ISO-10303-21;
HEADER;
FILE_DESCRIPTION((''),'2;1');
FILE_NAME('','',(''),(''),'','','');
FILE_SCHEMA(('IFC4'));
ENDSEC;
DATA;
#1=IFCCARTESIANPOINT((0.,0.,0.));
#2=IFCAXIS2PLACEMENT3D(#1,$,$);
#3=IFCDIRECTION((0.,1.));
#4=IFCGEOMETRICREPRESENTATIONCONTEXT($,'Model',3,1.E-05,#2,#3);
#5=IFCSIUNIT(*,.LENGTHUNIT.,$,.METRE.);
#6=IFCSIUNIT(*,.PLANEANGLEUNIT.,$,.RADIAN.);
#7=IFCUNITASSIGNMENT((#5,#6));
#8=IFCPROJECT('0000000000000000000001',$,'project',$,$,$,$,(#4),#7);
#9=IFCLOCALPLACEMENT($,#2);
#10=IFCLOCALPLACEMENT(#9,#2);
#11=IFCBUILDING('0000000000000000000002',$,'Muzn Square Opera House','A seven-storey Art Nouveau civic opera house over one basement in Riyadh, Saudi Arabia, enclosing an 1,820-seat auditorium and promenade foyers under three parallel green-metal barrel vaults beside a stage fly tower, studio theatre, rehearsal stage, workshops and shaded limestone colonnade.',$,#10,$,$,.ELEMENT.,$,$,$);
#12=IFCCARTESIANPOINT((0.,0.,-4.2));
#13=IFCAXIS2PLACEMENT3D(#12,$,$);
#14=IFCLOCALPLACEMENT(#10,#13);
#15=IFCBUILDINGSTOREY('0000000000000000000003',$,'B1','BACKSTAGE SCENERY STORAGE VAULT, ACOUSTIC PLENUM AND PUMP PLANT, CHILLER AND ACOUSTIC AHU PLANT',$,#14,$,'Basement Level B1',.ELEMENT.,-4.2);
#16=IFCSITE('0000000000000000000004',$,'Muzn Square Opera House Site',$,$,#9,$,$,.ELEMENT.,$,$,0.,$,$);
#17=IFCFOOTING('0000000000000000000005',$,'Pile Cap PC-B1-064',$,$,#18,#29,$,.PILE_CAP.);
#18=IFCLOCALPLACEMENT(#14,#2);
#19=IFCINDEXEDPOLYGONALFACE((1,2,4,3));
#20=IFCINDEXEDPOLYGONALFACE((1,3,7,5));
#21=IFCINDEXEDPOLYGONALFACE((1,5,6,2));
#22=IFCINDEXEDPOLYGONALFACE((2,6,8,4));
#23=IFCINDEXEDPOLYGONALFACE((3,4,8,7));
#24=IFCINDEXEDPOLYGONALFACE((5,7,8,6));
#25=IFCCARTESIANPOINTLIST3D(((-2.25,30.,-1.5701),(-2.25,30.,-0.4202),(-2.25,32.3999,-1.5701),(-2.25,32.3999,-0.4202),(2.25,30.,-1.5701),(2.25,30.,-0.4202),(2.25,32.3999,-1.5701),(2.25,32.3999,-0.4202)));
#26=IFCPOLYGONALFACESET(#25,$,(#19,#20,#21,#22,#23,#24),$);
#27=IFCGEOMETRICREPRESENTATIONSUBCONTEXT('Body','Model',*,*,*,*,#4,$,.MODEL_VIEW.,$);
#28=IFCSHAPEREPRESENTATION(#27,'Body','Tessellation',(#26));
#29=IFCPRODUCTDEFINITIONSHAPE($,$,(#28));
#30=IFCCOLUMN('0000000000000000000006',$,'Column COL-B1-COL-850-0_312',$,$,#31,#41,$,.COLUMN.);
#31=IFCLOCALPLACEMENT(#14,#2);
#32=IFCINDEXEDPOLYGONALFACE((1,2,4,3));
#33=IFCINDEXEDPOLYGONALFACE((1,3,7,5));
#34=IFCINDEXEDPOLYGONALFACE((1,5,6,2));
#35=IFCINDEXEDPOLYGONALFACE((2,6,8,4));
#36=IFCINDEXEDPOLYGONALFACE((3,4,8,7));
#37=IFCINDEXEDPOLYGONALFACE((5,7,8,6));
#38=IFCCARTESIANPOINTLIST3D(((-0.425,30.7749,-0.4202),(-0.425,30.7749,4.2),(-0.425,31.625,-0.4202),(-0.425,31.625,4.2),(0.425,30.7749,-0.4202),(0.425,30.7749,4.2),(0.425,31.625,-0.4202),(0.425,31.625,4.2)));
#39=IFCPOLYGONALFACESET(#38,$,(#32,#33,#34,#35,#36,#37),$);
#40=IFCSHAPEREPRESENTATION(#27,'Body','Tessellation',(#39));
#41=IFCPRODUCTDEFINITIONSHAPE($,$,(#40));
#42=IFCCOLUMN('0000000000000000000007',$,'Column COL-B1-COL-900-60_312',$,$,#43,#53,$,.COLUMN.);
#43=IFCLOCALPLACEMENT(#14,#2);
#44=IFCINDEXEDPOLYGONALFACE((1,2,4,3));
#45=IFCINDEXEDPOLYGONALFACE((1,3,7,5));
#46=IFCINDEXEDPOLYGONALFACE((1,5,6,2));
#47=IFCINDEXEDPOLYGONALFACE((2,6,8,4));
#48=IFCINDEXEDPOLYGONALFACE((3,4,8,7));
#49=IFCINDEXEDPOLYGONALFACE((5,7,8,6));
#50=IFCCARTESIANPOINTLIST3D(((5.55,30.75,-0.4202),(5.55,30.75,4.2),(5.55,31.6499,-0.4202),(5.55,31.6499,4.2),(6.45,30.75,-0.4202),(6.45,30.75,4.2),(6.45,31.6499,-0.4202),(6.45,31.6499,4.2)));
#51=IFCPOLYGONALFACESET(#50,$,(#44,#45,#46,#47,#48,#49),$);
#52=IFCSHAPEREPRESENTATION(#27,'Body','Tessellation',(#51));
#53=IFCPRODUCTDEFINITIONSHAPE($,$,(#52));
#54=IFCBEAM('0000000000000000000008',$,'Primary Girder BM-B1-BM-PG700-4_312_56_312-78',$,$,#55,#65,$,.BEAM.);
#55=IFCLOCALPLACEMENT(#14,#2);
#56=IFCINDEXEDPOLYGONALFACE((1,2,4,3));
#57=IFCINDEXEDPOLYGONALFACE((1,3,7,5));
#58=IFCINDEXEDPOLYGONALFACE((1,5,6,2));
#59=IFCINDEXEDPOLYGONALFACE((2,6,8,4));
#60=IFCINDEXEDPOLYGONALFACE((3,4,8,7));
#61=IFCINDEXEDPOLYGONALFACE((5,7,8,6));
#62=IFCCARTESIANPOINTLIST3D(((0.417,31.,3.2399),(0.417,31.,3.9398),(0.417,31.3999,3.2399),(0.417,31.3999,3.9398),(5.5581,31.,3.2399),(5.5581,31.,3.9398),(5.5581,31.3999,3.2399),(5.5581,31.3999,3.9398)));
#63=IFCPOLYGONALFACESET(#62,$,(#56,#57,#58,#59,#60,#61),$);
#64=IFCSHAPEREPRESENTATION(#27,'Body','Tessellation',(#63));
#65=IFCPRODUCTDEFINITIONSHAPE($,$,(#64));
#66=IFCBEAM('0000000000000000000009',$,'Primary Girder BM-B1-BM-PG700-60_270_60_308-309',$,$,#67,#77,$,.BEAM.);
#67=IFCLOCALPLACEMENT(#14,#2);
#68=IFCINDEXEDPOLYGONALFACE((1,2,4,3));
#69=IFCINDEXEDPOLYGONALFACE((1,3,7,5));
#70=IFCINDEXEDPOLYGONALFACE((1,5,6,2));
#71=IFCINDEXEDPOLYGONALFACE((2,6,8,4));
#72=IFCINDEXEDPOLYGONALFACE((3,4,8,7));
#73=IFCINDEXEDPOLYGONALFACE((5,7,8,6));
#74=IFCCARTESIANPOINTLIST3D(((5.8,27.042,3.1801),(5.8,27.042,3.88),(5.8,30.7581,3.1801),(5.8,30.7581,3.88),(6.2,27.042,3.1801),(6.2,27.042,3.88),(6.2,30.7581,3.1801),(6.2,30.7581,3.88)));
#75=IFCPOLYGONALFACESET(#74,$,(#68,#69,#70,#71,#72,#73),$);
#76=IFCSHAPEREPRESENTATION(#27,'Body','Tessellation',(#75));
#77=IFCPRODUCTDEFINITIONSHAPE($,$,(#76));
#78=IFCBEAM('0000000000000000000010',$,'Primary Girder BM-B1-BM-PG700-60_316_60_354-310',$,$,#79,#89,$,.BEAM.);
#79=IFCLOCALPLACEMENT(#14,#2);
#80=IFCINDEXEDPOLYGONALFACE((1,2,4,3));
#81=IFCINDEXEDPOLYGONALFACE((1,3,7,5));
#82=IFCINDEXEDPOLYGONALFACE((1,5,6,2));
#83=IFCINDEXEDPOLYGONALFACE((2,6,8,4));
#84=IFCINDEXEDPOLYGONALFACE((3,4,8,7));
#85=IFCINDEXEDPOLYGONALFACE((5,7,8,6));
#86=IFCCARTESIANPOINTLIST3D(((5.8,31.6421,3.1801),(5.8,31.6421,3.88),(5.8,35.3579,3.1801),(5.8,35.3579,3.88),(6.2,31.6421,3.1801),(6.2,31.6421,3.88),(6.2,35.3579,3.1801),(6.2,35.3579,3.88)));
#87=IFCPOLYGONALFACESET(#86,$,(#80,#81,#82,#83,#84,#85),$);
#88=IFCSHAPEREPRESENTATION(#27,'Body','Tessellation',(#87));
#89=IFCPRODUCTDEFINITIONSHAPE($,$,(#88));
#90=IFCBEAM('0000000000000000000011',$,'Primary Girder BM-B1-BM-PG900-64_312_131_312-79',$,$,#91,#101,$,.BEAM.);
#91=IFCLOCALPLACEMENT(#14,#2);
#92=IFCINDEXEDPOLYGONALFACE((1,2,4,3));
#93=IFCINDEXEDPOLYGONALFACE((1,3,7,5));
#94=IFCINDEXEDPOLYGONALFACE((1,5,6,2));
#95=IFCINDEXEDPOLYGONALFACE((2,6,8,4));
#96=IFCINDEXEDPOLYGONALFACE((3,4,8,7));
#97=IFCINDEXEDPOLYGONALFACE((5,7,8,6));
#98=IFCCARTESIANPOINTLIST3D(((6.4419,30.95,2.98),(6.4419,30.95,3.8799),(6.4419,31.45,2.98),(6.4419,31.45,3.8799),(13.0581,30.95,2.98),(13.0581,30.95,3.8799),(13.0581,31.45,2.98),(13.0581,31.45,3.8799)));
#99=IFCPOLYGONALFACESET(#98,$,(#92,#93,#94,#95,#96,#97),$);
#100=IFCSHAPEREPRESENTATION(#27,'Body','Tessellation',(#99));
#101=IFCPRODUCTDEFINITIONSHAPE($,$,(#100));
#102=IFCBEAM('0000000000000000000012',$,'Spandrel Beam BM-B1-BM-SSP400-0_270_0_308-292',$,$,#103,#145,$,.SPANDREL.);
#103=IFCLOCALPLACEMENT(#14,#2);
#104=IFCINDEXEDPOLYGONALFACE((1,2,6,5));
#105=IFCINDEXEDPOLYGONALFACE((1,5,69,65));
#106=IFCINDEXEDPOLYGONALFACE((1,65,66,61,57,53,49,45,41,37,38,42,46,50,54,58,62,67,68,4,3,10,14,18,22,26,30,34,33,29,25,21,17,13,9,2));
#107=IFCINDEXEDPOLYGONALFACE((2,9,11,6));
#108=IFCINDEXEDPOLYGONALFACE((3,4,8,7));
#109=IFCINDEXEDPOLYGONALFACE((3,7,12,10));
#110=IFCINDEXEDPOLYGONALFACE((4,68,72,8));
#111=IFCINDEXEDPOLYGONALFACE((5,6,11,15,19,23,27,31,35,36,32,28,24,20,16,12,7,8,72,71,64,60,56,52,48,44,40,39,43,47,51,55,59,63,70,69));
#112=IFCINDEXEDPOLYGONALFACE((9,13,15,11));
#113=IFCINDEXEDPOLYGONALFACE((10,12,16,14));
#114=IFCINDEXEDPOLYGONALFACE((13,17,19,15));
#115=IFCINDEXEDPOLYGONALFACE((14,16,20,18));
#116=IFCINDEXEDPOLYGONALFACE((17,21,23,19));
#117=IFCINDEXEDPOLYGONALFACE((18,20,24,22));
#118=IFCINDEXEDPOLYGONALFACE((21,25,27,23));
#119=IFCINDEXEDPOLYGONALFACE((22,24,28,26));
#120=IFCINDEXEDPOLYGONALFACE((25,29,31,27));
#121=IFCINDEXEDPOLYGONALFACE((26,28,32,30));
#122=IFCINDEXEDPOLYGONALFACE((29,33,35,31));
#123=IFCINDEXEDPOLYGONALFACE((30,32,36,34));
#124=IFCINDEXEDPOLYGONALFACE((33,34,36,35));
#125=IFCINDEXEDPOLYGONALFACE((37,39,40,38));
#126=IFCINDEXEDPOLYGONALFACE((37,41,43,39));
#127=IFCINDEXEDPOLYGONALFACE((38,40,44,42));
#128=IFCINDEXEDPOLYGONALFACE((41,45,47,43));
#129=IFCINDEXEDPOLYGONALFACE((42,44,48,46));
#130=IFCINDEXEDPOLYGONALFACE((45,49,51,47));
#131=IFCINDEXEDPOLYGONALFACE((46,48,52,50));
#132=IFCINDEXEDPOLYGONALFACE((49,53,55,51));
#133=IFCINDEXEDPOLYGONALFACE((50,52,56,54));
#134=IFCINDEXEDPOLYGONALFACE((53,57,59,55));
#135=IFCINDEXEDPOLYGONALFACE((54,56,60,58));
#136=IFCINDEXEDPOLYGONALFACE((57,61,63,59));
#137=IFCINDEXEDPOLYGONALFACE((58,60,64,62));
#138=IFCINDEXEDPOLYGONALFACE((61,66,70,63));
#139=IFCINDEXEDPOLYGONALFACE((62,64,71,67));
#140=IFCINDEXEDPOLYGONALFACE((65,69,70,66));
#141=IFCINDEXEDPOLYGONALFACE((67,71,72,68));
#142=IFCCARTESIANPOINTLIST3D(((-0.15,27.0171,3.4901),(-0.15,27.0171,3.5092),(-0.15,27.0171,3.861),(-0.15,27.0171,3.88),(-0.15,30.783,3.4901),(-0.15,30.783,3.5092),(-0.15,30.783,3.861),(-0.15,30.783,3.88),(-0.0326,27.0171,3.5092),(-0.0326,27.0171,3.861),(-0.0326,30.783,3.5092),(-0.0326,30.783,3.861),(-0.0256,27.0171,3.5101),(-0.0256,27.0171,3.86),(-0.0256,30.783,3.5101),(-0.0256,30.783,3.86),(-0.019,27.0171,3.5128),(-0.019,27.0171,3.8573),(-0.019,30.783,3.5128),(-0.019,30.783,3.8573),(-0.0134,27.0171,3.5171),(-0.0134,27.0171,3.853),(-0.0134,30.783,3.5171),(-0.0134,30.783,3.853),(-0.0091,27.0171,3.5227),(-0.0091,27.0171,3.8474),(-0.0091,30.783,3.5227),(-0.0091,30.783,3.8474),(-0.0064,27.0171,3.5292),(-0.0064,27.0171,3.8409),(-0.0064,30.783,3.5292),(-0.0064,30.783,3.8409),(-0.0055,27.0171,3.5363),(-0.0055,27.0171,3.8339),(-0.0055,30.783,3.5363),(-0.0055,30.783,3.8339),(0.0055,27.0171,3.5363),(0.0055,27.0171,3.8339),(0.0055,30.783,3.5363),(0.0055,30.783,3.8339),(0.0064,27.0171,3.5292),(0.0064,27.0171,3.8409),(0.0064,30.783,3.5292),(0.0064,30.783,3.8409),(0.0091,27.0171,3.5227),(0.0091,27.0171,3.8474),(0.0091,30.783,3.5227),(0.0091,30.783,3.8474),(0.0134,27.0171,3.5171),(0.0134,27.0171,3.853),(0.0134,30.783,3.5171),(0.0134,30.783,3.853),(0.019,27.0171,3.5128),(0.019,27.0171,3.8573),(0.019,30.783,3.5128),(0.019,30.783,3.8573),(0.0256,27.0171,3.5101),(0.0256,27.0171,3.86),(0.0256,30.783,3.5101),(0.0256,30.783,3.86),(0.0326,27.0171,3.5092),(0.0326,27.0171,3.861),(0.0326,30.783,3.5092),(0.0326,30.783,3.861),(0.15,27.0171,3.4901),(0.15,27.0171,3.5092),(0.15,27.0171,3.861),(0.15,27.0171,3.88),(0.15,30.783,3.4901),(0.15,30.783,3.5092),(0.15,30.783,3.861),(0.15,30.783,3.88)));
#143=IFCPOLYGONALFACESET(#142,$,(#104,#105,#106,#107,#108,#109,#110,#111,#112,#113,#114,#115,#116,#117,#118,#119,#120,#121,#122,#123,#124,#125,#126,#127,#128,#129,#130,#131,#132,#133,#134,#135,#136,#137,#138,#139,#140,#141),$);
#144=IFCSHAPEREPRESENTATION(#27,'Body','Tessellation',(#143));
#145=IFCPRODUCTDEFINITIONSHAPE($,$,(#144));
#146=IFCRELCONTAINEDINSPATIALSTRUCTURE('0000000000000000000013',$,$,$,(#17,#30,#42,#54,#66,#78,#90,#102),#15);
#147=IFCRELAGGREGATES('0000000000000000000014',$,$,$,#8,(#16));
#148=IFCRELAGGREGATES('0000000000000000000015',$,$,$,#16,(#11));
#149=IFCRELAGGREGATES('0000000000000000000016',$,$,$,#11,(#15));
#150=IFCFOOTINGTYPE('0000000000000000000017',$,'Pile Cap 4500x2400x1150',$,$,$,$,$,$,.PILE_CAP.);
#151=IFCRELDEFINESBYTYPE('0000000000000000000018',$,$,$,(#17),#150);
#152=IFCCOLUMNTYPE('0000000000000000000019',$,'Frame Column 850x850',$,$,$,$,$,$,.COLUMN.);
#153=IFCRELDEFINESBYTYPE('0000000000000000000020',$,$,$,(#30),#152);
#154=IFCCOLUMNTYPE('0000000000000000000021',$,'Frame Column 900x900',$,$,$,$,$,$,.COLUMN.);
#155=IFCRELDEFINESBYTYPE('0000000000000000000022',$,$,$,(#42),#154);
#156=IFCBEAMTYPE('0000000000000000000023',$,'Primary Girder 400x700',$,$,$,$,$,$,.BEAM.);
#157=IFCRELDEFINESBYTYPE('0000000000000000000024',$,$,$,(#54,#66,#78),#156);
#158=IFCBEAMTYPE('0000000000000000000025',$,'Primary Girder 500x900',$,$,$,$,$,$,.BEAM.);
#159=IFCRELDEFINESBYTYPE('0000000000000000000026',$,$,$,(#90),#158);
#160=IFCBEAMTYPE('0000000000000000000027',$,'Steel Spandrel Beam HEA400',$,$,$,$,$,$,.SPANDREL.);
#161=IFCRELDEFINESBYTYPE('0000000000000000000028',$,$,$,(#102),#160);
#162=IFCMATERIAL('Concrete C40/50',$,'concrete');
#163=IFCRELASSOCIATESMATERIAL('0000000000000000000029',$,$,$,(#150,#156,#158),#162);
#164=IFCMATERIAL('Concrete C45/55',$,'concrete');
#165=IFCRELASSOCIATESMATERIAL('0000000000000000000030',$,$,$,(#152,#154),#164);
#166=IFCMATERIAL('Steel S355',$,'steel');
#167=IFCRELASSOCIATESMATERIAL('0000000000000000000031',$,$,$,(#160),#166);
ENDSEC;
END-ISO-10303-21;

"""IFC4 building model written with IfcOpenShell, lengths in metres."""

from ifc_helpers import new_model, si_unit, direction, frame, origin, origin_2d, place, context, subcontext, project, spatial, rectangle, i_section, extrude, material, material_profile, profile_set, type_object, element, save


model = new_model("IFC4")

# Units and contexts
model_context = context("Model", 3, precision=1e-05, world=origin(), true_north=direction((0.0, 1.0)))
body_context = subcontext(model_context, "Body", "Model", "MODEL_VIEW")
ifc_project = project(units=[si_unit("LENGTHUNIT", "METRE"), si_unit("PLANEANGLEUNIT", "RADIAN")], contexts=[model_context])

# Site, building, storey
site_placement = place(None, origin())
site = spatial("IfcSite", under=ifc_project, at=site_placement, Name="Muzn Square Opera House Site", CompositionType="ELEMENT", RefElevation=0.0)
building_placement = place(site_placement, origin())
building = spatial("IfcBuilding", under=site, at=building_placement, Name="Muzn Square Opera House", Description="A seven-storey Art Nouveau civic opera house over one basement in Riyadh, Saudi Arabia, enclosing an 1,820-seat auditorium and promenade foyers under three parallel green-metal barrel vaults beside a stage fly tower, studio theatre, rehearsal stage, workshops and shaded limestone colonnade.", CompositionType="ELEMENT")
storey_placement = place(building_placement, frame((0.0, 0.0, -4.2)))
storey = spatial("IfcBuildingStorey", under=building, at=storey_placement, Name="B1", Description="BACKSTAGE SCENERY STORAGE VAULT, ACOUSTIC PLENUM AND PUMP PLANT, CHILLER AND ACOUSTIC AHU PLANT", LongName="Basement Level B1", CompositionType="ELEMENT", Elevation=-4.2)

# Shared definitions
ifc_material_1 = material(Name="Concrete C40/50", Category="concrete")

# Footing
footing_type_1 = type_object("IfcFootingType", Name="Pile Cap 4500x2400x1150", PredefinedType="PILE_CAP", material=ifc_material_1)
footing_1_placement = place(storey_placement, frame((0.0, 31.2, -1.5701), z_axis=(0.0, 0.0, 1.0), x_axis=(1.0, 0.0, 0.0)))
element("IfcFooting", 1, at=footing_1_placement, inside=storey, type_object=footing_type_1, Name="Pile Cap PC-B1-064", PredefinedType="PILE_CAP", context=body_context, shape_type="SweptSolid", body=[
    extrude(rectangle(XDim=4.5, YDim=2.3999, at=origin_2d()), origin(), (0.0, 0.0, 1.0), 1.1499),
])

# Columns
ifc_material_2 = material(Name="Concrete C45/55", Category="concrete")
ifc_material_profile_1 = material_profile(ifc_material_2, rectangle(XDim=0.8501, YDim=0.8501, at=origin_2d()), Name="RC 850x850", Category="concrete")
ifc_profile_set_1 = profile_set([ifc_material_profile_1], Name="Concrete C45/55")
column_type_1 = type_object("IfcColumnType", Name="Frame Column 850x850", PredefinedType="COLUMN", material=ifc_profile_set_1)
column_1_placement = place(storey_placement, frame((0.0, 31.2, -0.4202), z_axis=(0.0, 0.0, 1.0), x_axis=(1.0, 0.0, 0.0)))
element("IfcColumn", 2, at=column_1_placement, inside=storey, type_object=column_type_1, Name="Column COL-B1-COL-850-0_312", PredefinedType="COLUMN", context=body_context, shape_type="SweptSolid", body=[
    extrude(rectangle(XDim=0.8501, YDim=0.8501, at=origin_2d()), origin(), (0.0, 0.0, 1.0), 4.6201),
])
ifc_material_profile_2 = material_profile(ifc_material_2, rectangle(XDim=0.8999, YDim=0.8999, at=origin_2d()), Name="RC 900x900", Category="concrete")
ifc_profile_set_2 = profile_set([ifc_material_profile_2], Name="Concrete C45/55")
column_type_2 = type_object("IfcColumnType", Name="Frame Column 900x900", PredefinedType="COLUMN", material=ifc_profile_set_2)
column_2_placement = place(storey_placement, frame((6.0, 31.2, -0.4202), z_axis=(0.0, 0.0, 1.0), x_axis=(1.0, 0.0, 0.0)))
element("IfcColumn", 3, at=column_2_placement, inside=storey, type_object=column_type_2, Name="Column COL-B1-COL-900-60_312", PredefinedType="COLUMN", context=body_context, shape_type="SweptSolid", body=[
    extrude(rectangle(XDim=0.8999, YDim=0.8999, at=origin_2d()), origin(), (0.0, 0.0, 1.0), 4.6201),
])

# Beams
ifc_material_profile_3 = material_profile(ifc_material_1, rectangle(XDim=0.3999, YDim=0.7, at=origin_2d()), Name="RCB 400x700", Category="concrete")
ifc_profile_set_3 = profile_set([ifc_material_profile_3], Name="Concrete C40/50")
beam_type_1 = type_object("IfcBeamType", Name="Primary Girder 400x700", PredefinedType="BEAM", material=ifc_profile_set_3)
beam_1_placement = place(storey_placement, frame((0.417, 31.2, 3.5898), z_axis=(1.0, 0.0, 0.0), x_axis=(0.0, 1.0, 0.0)))
element("IfcBeam", 4, at=beam_1_placement, inside=storey, type_object=beam_type_1, Name="Primary Girder BM-B1-BM-PG700-4_312_56_312-78", PredefinedType="BEAM", context=body_context, shape_type="SweptSolid", body=[
    extrude(rectangle(XDim=0.3999, YDim=0.7, at=origin_2d()), origin(), (0.0, 0.0, 1.0), 5.1411),
])
beam_2_placement = place(storey_placement, frame((6.0, 27.042, 3.53), z_axis=(0.0, 1.0, 0.0), x_axis=(-1.0, 0.0, 0.0)))
element("IfcBeam", 5, at=beam_2_placement, inside=storey, type_object=beam_type_1, Name="Primary Girder BM-B1-BM-PG700-60_270_60_308-309", PredefinedType="BEAM", context=body_context, shape_type="SweptSolid", body=[
    extrude(rectangle(XDim=0.3999, YDim=0.7, at=origin_2d()), origin(), (0.0, 0.0, 1.0), 3.7161),
])
beam_3_placement = place(storey_placement, frame((6.0, 31.6421, 3.53), z_axis=(0.0, 1.0, 0.0), x_axis=(-1.0, 0.0, 0.0)))
element("IfcBeam", 6, at=beam_3_placement, inside=storey, type_object=beam_type_1, Name="Primary Girder BM-B1-BM-PG700-60_316_60_354-310", PredefinedType="BEAM", context=body_context, shape_type="SweptSolid", body=[
    extrude(rectangle(XDim=0.3999, YDim=0.7, at=origin_2d()), origin(), (0.0, 0.0, 1.0), 3.7158),
])
ifc_material_profile_4 = material_profile(ifc_material_1, rectangle(XDim=0.5, YDim=0.8999, at=origin_2d()), Name="RCB 500x900", Category="concrete")
ifc_profile_set_4 = profile_set([ifc_material_profile_4], Name="Concrete C40/50")
beam_type_2 = type_object("IfcBeamType", Name="Primary Girder 500x900", PredefinedType="BEAM", material=ifc_profile_set_4)
beam_4_placement = place(storey_placement, frame((6.4419, 31.2, 3.4299), z_axis=(1.0, 0.0, 0.0), x_axis=(0.0, 1.0, 0.0)))
element("IfcBeam", 7, at=beam_4_placement, inside=storey, type_object=beam_type_2, Name="Primary Girder BM-B1-BM-PG900-64_312_131_312-79", PredefinedType="BEAM", context=body_context, shape_type="SweptSolid", body=[
    extrude(rectangle(XDim=0.5, YDim=0.8999, at=origin_2d()), origin(), (0.0, 0.0, 1.0), 6.6162),
])
ifc_material_3 = material(Name="Steel S355", Category="steel")
ifc_material_profile_5 = material_profile(ifc_material_3, i_section(OverallWidth=0.3, OverallDepth=0.3899, WebThickness=0.011, FlangeThickness=0.019, FilletRadius=0.0271, at=origin_2d()), Name="HEA 400", Category="steel")
ifc_profile_set_5 = profile_set([ifc_material_profile_5], Name="Steel S355")
beam_type_3 = type_object("IfcBeamType", Name="Steel Spandrel Beam HEA400", PredefinedType="SPANDREL", material=ifc_profile_set_5)
beam_5_placement = place(storey_placement, frame((0.0, 27.0171, 3.6851), z_axis=(0.0, 1.0, 0.0), x_axis=(-1.0, 0.0, 0.0)))
element("IfcBeam", 8, at=beam_5_placement, inside=storey, type_object=beam_type_3, Name="Spandrel Beam BM-B1-BM-SSP400-0_270_0_308-292", PredefinedType="SPANDREL", context=body_context, shape_type="SweptSolid", body=[
    extrude(i_section(OverallWidth=0.3, OverallDepth=0.3899, WebThickness=0.011, FlangeThickness=0.019, FilletRadius=0.0271, at=origin_2d()), origin(), (0.0, 0.0, 1.0), 3.7659),
])

save(model, "model.ifc")
